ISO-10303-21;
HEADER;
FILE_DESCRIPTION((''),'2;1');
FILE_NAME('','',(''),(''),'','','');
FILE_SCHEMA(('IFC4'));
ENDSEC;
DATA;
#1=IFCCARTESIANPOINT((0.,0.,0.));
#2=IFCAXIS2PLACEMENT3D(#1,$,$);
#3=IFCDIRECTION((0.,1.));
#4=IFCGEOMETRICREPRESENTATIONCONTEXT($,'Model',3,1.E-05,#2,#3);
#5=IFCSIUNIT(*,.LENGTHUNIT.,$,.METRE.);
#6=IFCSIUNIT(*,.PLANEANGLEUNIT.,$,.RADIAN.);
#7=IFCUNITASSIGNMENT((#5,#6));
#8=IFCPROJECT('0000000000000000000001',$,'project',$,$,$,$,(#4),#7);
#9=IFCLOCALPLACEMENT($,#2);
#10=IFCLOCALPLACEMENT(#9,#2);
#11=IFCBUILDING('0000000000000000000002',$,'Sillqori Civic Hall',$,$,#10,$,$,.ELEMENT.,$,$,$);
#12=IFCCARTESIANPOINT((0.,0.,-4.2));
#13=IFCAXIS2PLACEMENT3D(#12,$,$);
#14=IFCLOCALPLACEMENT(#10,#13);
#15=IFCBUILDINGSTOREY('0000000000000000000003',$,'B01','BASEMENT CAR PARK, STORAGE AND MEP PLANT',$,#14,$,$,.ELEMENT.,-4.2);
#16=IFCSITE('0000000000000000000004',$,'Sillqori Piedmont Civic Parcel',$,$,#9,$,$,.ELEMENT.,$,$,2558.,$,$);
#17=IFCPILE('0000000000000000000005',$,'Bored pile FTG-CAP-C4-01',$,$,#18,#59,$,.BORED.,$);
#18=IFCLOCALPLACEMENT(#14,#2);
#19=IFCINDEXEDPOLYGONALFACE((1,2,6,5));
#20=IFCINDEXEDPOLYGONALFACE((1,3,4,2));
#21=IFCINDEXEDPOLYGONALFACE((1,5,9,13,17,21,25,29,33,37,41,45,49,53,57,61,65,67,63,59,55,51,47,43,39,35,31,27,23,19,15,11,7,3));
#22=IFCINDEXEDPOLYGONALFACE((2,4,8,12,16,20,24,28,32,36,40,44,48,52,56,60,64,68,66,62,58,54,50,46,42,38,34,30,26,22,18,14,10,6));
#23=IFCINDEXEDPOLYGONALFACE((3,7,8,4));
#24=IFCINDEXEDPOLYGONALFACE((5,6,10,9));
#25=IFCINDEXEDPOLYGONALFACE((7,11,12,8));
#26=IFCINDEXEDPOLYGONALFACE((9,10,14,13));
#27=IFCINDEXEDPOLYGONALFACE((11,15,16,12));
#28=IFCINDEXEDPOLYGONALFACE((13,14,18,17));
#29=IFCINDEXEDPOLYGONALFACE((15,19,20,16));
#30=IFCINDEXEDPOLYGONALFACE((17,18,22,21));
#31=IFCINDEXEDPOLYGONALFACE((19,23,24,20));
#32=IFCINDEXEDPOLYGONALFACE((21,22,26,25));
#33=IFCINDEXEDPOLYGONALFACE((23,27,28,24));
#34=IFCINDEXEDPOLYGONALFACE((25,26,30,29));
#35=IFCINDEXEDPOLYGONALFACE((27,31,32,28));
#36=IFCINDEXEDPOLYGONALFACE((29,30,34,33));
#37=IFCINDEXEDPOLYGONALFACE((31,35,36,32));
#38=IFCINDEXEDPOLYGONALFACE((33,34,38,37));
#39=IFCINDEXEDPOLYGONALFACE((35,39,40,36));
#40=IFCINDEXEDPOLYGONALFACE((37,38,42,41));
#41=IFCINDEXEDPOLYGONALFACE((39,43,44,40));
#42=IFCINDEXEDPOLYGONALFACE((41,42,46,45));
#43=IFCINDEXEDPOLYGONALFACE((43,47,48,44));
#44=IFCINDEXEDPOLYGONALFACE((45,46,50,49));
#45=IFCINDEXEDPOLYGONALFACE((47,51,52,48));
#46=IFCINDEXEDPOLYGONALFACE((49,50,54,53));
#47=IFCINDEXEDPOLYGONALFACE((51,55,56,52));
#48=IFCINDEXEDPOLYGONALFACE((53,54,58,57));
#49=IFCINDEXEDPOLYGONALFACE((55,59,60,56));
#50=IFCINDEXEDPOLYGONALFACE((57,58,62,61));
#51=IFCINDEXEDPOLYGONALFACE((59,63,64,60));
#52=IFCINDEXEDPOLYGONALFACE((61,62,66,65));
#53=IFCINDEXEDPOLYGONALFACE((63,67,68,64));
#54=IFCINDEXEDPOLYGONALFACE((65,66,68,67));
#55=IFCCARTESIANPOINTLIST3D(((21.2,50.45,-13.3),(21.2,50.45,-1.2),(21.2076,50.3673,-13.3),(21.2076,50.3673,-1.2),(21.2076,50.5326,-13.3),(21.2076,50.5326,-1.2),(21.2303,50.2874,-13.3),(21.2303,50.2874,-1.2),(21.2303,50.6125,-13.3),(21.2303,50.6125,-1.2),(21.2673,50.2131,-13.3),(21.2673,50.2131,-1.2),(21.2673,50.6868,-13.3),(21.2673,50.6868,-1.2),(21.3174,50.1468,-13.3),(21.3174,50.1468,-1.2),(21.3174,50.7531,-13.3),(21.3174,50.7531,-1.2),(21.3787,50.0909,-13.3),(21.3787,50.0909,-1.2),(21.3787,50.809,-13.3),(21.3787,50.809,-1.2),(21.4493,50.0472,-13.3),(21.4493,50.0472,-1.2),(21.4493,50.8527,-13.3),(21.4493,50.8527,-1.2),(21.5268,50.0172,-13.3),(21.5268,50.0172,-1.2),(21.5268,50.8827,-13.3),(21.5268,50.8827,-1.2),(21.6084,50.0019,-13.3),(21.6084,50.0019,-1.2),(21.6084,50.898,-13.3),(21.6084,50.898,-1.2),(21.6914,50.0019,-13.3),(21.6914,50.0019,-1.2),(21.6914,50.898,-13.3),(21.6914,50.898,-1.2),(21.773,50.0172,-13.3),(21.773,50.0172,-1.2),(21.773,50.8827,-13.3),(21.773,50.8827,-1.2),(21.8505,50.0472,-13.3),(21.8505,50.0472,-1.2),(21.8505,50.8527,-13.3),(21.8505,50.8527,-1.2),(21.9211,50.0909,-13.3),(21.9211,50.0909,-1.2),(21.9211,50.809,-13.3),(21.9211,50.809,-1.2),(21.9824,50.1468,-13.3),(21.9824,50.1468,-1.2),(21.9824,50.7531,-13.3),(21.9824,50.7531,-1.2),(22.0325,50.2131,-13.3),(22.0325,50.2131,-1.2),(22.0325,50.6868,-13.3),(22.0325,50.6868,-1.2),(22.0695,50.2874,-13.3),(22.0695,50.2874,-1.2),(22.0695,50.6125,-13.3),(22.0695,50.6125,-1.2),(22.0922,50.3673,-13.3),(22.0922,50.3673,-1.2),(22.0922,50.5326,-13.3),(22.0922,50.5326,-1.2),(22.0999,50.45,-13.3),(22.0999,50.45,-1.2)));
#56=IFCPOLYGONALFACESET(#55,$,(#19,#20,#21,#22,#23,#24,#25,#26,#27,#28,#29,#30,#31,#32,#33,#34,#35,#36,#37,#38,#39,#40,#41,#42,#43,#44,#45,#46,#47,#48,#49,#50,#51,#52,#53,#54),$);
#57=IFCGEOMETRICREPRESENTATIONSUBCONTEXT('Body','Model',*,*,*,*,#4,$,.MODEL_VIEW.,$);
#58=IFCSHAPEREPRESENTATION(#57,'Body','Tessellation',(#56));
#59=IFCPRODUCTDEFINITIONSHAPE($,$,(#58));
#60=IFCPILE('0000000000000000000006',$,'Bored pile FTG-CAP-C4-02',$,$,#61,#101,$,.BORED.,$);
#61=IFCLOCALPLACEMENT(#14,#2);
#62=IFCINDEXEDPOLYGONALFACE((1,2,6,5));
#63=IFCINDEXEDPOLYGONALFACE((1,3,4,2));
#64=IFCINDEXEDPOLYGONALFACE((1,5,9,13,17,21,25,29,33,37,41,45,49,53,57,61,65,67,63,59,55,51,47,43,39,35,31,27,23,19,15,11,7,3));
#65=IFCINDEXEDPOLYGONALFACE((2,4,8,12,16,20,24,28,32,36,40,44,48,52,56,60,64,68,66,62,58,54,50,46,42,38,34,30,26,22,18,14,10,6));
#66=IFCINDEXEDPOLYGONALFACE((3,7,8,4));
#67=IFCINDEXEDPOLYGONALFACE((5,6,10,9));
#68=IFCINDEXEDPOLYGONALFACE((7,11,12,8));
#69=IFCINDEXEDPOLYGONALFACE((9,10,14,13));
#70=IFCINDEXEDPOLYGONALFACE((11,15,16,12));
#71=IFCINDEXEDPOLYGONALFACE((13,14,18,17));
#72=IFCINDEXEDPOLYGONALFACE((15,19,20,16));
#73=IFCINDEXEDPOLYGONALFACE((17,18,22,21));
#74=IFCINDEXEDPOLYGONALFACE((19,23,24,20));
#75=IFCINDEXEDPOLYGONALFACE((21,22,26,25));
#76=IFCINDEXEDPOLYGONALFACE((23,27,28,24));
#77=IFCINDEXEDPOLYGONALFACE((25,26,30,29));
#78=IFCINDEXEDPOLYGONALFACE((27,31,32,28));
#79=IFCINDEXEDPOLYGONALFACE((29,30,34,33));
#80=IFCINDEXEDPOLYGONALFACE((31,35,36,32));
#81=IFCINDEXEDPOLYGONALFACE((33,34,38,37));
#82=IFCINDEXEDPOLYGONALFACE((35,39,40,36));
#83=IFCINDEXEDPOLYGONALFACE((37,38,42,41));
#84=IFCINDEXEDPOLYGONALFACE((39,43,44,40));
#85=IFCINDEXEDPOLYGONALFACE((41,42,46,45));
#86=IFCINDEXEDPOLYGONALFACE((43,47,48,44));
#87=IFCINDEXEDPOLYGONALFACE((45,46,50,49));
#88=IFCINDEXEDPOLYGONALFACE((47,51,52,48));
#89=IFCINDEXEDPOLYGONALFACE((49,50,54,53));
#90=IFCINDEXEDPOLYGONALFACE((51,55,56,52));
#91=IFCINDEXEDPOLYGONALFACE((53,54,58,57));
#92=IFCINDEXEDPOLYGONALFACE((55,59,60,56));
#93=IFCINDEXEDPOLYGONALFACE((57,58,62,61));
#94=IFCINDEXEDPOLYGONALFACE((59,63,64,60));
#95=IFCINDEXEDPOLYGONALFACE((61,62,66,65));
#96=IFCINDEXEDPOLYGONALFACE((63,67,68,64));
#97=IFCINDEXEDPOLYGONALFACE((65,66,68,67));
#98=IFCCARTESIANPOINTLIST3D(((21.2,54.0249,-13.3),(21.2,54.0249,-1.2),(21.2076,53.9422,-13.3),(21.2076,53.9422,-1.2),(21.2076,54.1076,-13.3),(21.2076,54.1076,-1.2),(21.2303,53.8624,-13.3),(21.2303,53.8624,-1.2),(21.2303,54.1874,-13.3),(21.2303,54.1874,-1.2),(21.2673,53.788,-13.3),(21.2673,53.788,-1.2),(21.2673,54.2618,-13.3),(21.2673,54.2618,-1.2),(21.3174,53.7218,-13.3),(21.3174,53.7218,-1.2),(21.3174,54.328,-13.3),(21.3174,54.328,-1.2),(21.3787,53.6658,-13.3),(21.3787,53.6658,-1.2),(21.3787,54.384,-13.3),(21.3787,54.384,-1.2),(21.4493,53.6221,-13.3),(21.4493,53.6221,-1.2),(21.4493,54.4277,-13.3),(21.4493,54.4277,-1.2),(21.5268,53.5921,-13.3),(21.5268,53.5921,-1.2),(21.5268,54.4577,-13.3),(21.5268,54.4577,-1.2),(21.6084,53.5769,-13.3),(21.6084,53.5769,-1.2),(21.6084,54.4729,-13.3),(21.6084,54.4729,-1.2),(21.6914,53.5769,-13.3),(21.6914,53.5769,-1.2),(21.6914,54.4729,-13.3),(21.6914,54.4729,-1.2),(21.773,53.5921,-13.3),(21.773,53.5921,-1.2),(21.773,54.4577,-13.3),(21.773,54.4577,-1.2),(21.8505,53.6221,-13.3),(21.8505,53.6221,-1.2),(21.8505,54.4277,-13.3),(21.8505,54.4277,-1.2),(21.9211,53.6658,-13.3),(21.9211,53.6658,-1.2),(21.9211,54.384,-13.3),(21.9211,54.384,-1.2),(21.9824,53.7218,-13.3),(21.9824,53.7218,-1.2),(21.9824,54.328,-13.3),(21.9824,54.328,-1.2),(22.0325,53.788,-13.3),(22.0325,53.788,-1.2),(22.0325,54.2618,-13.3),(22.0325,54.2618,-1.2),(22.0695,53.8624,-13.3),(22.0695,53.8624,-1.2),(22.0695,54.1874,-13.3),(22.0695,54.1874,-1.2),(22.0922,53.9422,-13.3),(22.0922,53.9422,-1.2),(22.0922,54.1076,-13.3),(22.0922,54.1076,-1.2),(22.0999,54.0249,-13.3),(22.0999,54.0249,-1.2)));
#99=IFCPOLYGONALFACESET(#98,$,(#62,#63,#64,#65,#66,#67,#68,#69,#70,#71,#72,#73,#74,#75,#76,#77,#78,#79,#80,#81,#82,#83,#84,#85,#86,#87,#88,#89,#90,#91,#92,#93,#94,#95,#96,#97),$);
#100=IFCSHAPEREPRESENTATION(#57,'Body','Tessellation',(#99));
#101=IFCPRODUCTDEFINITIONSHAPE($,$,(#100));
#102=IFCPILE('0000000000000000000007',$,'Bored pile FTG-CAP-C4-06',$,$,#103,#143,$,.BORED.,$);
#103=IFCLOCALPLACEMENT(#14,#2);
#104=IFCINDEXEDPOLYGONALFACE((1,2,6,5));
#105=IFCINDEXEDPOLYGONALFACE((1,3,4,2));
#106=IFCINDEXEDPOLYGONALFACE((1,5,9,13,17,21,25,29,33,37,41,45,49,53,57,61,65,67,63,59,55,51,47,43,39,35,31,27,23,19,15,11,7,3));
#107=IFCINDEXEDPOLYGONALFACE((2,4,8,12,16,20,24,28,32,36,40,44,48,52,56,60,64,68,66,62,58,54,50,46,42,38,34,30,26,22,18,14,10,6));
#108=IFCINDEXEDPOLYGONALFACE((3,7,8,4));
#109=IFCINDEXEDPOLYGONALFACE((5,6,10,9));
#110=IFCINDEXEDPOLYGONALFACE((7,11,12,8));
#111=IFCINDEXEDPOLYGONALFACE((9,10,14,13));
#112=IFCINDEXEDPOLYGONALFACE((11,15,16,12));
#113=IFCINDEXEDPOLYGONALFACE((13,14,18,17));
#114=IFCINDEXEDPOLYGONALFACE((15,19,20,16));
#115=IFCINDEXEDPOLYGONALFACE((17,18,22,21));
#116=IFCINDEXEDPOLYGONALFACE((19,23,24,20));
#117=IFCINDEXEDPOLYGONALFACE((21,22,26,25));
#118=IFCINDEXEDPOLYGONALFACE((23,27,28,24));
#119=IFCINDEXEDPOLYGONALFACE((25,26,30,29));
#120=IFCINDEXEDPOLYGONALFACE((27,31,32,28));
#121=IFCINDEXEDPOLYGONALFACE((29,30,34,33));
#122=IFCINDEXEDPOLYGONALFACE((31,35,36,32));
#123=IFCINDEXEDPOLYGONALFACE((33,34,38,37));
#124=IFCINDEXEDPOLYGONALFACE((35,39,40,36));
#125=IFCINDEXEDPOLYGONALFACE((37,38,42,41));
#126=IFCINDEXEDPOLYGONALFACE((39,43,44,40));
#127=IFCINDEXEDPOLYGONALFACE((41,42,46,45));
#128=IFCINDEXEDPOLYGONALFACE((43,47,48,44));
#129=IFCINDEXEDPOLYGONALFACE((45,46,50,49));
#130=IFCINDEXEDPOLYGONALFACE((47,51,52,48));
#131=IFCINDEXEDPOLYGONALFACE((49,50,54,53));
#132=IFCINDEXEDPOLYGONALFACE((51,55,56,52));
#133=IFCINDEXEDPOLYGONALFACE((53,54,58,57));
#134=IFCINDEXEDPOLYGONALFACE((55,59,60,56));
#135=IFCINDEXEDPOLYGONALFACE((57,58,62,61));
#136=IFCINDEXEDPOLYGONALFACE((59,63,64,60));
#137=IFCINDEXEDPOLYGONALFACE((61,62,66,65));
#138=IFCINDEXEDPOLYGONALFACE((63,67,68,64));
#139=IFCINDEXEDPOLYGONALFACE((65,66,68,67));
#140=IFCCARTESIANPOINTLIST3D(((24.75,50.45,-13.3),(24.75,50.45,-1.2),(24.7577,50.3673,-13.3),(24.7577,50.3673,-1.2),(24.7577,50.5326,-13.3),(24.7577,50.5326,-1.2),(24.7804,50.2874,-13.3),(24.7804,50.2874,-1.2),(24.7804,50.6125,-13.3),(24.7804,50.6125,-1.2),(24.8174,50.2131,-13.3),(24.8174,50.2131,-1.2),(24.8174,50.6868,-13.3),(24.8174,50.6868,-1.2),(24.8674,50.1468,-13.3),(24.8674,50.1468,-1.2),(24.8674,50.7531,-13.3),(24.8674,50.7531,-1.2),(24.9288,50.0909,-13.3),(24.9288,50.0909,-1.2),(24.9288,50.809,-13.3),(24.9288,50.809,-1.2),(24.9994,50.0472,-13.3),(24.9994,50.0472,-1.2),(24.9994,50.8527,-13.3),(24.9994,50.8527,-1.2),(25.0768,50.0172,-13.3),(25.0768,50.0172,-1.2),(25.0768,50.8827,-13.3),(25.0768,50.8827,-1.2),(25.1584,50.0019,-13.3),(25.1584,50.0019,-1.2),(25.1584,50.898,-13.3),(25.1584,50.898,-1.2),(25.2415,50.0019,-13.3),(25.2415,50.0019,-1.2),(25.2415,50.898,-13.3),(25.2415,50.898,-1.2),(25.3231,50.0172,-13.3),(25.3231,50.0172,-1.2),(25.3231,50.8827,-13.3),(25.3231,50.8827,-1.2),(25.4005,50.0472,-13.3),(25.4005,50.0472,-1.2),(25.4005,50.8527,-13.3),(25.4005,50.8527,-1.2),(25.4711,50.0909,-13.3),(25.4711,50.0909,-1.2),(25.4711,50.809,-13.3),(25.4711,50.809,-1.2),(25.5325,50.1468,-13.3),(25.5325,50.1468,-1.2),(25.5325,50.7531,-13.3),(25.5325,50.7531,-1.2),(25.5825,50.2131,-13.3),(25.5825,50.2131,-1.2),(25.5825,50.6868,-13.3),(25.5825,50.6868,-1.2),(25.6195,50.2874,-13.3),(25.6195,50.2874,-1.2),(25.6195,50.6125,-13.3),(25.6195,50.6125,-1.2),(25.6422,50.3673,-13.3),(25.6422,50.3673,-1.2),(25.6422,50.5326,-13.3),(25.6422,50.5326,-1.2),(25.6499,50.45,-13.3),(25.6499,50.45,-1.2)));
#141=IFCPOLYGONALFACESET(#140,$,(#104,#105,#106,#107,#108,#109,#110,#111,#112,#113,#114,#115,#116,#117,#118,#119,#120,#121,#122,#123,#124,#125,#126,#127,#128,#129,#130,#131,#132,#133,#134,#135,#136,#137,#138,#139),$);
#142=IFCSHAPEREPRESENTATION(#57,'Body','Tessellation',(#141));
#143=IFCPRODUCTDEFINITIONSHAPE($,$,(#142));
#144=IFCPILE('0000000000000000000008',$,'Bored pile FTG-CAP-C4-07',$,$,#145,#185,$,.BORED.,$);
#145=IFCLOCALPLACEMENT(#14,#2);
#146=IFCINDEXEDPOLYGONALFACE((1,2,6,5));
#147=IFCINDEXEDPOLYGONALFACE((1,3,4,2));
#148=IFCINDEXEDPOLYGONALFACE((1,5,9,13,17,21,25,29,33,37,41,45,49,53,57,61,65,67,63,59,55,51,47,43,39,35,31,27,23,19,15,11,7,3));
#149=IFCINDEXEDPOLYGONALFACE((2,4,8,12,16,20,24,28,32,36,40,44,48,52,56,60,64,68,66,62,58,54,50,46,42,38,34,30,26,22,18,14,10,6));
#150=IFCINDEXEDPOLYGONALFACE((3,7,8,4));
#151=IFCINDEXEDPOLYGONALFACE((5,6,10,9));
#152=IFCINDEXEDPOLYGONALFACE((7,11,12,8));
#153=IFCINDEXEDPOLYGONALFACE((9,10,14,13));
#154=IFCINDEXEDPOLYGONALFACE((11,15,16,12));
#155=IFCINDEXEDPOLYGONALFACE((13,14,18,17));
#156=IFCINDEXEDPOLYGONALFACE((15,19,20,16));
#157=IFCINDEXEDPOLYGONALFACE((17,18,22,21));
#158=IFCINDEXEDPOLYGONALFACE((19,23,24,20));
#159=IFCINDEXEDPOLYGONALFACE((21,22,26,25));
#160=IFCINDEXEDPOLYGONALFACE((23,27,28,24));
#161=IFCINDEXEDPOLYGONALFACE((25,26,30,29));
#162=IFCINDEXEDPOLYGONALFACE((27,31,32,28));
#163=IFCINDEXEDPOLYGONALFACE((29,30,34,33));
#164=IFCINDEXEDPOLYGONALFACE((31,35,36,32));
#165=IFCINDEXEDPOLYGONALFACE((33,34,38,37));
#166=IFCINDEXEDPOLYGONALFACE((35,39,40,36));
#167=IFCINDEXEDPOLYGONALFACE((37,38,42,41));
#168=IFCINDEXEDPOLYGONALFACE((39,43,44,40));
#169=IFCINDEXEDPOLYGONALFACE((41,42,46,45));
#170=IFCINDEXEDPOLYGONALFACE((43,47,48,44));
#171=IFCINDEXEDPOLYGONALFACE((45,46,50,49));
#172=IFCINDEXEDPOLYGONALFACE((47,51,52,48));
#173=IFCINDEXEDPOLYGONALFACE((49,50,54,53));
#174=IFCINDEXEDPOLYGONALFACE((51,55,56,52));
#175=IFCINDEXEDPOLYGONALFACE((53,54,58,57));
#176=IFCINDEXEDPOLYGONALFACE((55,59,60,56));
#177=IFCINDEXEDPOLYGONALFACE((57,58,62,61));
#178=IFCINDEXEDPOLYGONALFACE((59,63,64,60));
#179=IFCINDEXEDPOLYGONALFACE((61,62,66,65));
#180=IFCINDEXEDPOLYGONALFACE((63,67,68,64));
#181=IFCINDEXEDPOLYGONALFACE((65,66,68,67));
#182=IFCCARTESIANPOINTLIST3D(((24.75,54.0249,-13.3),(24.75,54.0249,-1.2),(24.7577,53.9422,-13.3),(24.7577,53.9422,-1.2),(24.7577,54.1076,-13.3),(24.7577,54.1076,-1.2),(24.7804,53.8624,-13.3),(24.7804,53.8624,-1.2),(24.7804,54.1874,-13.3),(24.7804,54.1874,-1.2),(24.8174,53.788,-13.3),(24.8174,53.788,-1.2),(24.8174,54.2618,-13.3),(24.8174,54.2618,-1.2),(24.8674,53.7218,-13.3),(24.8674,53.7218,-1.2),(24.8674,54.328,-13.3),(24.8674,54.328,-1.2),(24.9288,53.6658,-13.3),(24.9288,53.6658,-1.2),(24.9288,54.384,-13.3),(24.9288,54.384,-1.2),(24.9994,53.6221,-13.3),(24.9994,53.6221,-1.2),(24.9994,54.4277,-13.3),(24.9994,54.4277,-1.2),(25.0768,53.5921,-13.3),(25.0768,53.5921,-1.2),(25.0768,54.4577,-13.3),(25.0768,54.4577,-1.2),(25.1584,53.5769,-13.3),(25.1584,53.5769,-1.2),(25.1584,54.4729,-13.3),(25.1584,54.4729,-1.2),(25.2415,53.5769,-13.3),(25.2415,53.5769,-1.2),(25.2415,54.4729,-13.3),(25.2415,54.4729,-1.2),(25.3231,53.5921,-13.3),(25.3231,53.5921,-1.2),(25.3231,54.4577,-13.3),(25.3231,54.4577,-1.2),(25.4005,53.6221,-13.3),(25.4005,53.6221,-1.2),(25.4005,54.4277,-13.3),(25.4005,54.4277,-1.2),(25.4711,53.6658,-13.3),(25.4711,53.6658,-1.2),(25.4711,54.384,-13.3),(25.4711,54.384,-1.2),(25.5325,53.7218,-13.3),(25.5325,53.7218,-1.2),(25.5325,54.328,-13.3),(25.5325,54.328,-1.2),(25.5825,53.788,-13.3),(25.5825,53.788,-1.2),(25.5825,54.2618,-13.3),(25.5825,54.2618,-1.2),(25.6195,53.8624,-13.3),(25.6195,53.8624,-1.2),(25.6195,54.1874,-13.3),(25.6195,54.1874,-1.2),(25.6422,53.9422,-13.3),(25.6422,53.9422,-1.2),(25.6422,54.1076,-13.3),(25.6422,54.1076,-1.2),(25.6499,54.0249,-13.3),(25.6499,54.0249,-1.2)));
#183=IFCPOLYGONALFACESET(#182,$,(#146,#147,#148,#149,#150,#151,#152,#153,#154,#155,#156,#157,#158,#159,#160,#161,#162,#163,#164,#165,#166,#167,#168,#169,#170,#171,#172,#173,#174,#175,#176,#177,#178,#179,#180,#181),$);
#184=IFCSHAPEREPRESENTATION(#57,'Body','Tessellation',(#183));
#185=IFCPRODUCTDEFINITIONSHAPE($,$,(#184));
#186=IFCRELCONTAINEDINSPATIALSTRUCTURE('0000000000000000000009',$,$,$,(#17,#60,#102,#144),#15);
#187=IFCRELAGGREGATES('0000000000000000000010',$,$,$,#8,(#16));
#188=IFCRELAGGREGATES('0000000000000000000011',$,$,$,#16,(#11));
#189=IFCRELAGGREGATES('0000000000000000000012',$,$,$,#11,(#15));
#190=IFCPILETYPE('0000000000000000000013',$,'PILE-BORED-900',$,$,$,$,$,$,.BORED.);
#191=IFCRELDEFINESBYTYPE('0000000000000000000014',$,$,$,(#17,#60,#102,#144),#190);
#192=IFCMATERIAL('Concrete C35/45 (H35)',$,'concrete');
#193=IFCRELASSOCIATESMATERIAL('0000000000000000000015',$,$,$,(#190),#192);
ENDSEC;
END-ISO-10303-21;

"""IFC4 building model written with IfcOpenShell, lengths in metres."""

from ifc_helpers import new_model, si_unit, direction, frame, origin, origin_2d, place, context, subcontext, project, spatial, circle, extrude, material, material_profile, profile_set, type_object, element, save


model = new_model("IFC4")

# Units and contexts
model_context = context("Model", 3, precision=1e-05, world=origin(), true_north=direction((0.0, 1.0)))
body_context = subcontext(model_context, "Body", "Model", "MODEL_VIEW")
ifc_project = project(units=[si_unit("LENGTHUNIT", "METRE"), si_unit("PLANEANGLEUNIT", "RADIAN")], contexts=[model_context])

# Site, building, storey
site_placement = place(None, origin())
site = spatial("IfcSite", under=ifc_project, at=site_placement, Name="Sillqori Piedmont Civic Parcel", CompositionType="ELEMENT", RefElevation=2558.0)
building_placement = place(site_placement, origin())
building = spatial("IfcBuilding", under=site, at=building_placement, Name="Sillqori Civic Hall", CompositionType="ELEMENT")
storey_placement = place(building_placement, frame((0.0, 0.0, -4.2)))
storey = spatial("IfcBuildingStorey", under=building, at=storey_placement, Name="B01", Description="BASEMENT CAR PARK, STORAGE AND MEP PLANT", CompositionType="ELEMENT", Elevation=-4.2)

# Piles
ifc_material_1 = material(Name="Concrete C35/45 (H35)", Category="concrete")
ifc_material_profile_1 = material_profile(ifc_material_1, circle(Radius=0.45, at=origin_2d()), Name="BORED PILE 900")
ifc_profile_set_1 = profile_set([ifc_material_profile_1], Name="Concrete C35/45 (H35)")
pile_type = type_object("IfcPileType", Name="PILE-BORED-900", PredefinedType="BORED", material=ifc_profile_set_1)
for number, where, z_axis, x_axis, name in (
    (1, (21.6499, 50.45, -1.2), (0.0, 0.0, -1.0), (1.0, 0.0, 0.0), "Bored pile FTG-CAP-C4-01"),
    (2, (21.6499, 54.0249, -1.2), (0.0, 0.0, -1.0), (1.0, 0.0, 0.0), "Bored pile FTG-CAP-C4-02"),
    (3, (25.2, 50.45, -1.2), (0.0, 0.0, -1.0), (1.0, 0.0, 0.0), "Bored pile FTG-CAP-C4-06"),
    (4, (25.2, 54.0249, -1.2), (0.0, 0.0, -1.0), (1.0, 0.0, 0.0), "Bored pile FTG-CAP-C4-07"),
):
    element("IfcPile", number, at=place(storey_placement, frame(where, z_axis=z_axis, x_axis=x_axis)), inside=storey, type_object=pile_type, Name=name, PredefinedType="BORED", context=body_context, shape_type="SweptSolid", body=[
        extrude(circle(Radius=0.45, at=origin_2d()), origin(), (0.0, 0.0, 1.0), 12.1001),
    ])

save(model, "model.ifc")
